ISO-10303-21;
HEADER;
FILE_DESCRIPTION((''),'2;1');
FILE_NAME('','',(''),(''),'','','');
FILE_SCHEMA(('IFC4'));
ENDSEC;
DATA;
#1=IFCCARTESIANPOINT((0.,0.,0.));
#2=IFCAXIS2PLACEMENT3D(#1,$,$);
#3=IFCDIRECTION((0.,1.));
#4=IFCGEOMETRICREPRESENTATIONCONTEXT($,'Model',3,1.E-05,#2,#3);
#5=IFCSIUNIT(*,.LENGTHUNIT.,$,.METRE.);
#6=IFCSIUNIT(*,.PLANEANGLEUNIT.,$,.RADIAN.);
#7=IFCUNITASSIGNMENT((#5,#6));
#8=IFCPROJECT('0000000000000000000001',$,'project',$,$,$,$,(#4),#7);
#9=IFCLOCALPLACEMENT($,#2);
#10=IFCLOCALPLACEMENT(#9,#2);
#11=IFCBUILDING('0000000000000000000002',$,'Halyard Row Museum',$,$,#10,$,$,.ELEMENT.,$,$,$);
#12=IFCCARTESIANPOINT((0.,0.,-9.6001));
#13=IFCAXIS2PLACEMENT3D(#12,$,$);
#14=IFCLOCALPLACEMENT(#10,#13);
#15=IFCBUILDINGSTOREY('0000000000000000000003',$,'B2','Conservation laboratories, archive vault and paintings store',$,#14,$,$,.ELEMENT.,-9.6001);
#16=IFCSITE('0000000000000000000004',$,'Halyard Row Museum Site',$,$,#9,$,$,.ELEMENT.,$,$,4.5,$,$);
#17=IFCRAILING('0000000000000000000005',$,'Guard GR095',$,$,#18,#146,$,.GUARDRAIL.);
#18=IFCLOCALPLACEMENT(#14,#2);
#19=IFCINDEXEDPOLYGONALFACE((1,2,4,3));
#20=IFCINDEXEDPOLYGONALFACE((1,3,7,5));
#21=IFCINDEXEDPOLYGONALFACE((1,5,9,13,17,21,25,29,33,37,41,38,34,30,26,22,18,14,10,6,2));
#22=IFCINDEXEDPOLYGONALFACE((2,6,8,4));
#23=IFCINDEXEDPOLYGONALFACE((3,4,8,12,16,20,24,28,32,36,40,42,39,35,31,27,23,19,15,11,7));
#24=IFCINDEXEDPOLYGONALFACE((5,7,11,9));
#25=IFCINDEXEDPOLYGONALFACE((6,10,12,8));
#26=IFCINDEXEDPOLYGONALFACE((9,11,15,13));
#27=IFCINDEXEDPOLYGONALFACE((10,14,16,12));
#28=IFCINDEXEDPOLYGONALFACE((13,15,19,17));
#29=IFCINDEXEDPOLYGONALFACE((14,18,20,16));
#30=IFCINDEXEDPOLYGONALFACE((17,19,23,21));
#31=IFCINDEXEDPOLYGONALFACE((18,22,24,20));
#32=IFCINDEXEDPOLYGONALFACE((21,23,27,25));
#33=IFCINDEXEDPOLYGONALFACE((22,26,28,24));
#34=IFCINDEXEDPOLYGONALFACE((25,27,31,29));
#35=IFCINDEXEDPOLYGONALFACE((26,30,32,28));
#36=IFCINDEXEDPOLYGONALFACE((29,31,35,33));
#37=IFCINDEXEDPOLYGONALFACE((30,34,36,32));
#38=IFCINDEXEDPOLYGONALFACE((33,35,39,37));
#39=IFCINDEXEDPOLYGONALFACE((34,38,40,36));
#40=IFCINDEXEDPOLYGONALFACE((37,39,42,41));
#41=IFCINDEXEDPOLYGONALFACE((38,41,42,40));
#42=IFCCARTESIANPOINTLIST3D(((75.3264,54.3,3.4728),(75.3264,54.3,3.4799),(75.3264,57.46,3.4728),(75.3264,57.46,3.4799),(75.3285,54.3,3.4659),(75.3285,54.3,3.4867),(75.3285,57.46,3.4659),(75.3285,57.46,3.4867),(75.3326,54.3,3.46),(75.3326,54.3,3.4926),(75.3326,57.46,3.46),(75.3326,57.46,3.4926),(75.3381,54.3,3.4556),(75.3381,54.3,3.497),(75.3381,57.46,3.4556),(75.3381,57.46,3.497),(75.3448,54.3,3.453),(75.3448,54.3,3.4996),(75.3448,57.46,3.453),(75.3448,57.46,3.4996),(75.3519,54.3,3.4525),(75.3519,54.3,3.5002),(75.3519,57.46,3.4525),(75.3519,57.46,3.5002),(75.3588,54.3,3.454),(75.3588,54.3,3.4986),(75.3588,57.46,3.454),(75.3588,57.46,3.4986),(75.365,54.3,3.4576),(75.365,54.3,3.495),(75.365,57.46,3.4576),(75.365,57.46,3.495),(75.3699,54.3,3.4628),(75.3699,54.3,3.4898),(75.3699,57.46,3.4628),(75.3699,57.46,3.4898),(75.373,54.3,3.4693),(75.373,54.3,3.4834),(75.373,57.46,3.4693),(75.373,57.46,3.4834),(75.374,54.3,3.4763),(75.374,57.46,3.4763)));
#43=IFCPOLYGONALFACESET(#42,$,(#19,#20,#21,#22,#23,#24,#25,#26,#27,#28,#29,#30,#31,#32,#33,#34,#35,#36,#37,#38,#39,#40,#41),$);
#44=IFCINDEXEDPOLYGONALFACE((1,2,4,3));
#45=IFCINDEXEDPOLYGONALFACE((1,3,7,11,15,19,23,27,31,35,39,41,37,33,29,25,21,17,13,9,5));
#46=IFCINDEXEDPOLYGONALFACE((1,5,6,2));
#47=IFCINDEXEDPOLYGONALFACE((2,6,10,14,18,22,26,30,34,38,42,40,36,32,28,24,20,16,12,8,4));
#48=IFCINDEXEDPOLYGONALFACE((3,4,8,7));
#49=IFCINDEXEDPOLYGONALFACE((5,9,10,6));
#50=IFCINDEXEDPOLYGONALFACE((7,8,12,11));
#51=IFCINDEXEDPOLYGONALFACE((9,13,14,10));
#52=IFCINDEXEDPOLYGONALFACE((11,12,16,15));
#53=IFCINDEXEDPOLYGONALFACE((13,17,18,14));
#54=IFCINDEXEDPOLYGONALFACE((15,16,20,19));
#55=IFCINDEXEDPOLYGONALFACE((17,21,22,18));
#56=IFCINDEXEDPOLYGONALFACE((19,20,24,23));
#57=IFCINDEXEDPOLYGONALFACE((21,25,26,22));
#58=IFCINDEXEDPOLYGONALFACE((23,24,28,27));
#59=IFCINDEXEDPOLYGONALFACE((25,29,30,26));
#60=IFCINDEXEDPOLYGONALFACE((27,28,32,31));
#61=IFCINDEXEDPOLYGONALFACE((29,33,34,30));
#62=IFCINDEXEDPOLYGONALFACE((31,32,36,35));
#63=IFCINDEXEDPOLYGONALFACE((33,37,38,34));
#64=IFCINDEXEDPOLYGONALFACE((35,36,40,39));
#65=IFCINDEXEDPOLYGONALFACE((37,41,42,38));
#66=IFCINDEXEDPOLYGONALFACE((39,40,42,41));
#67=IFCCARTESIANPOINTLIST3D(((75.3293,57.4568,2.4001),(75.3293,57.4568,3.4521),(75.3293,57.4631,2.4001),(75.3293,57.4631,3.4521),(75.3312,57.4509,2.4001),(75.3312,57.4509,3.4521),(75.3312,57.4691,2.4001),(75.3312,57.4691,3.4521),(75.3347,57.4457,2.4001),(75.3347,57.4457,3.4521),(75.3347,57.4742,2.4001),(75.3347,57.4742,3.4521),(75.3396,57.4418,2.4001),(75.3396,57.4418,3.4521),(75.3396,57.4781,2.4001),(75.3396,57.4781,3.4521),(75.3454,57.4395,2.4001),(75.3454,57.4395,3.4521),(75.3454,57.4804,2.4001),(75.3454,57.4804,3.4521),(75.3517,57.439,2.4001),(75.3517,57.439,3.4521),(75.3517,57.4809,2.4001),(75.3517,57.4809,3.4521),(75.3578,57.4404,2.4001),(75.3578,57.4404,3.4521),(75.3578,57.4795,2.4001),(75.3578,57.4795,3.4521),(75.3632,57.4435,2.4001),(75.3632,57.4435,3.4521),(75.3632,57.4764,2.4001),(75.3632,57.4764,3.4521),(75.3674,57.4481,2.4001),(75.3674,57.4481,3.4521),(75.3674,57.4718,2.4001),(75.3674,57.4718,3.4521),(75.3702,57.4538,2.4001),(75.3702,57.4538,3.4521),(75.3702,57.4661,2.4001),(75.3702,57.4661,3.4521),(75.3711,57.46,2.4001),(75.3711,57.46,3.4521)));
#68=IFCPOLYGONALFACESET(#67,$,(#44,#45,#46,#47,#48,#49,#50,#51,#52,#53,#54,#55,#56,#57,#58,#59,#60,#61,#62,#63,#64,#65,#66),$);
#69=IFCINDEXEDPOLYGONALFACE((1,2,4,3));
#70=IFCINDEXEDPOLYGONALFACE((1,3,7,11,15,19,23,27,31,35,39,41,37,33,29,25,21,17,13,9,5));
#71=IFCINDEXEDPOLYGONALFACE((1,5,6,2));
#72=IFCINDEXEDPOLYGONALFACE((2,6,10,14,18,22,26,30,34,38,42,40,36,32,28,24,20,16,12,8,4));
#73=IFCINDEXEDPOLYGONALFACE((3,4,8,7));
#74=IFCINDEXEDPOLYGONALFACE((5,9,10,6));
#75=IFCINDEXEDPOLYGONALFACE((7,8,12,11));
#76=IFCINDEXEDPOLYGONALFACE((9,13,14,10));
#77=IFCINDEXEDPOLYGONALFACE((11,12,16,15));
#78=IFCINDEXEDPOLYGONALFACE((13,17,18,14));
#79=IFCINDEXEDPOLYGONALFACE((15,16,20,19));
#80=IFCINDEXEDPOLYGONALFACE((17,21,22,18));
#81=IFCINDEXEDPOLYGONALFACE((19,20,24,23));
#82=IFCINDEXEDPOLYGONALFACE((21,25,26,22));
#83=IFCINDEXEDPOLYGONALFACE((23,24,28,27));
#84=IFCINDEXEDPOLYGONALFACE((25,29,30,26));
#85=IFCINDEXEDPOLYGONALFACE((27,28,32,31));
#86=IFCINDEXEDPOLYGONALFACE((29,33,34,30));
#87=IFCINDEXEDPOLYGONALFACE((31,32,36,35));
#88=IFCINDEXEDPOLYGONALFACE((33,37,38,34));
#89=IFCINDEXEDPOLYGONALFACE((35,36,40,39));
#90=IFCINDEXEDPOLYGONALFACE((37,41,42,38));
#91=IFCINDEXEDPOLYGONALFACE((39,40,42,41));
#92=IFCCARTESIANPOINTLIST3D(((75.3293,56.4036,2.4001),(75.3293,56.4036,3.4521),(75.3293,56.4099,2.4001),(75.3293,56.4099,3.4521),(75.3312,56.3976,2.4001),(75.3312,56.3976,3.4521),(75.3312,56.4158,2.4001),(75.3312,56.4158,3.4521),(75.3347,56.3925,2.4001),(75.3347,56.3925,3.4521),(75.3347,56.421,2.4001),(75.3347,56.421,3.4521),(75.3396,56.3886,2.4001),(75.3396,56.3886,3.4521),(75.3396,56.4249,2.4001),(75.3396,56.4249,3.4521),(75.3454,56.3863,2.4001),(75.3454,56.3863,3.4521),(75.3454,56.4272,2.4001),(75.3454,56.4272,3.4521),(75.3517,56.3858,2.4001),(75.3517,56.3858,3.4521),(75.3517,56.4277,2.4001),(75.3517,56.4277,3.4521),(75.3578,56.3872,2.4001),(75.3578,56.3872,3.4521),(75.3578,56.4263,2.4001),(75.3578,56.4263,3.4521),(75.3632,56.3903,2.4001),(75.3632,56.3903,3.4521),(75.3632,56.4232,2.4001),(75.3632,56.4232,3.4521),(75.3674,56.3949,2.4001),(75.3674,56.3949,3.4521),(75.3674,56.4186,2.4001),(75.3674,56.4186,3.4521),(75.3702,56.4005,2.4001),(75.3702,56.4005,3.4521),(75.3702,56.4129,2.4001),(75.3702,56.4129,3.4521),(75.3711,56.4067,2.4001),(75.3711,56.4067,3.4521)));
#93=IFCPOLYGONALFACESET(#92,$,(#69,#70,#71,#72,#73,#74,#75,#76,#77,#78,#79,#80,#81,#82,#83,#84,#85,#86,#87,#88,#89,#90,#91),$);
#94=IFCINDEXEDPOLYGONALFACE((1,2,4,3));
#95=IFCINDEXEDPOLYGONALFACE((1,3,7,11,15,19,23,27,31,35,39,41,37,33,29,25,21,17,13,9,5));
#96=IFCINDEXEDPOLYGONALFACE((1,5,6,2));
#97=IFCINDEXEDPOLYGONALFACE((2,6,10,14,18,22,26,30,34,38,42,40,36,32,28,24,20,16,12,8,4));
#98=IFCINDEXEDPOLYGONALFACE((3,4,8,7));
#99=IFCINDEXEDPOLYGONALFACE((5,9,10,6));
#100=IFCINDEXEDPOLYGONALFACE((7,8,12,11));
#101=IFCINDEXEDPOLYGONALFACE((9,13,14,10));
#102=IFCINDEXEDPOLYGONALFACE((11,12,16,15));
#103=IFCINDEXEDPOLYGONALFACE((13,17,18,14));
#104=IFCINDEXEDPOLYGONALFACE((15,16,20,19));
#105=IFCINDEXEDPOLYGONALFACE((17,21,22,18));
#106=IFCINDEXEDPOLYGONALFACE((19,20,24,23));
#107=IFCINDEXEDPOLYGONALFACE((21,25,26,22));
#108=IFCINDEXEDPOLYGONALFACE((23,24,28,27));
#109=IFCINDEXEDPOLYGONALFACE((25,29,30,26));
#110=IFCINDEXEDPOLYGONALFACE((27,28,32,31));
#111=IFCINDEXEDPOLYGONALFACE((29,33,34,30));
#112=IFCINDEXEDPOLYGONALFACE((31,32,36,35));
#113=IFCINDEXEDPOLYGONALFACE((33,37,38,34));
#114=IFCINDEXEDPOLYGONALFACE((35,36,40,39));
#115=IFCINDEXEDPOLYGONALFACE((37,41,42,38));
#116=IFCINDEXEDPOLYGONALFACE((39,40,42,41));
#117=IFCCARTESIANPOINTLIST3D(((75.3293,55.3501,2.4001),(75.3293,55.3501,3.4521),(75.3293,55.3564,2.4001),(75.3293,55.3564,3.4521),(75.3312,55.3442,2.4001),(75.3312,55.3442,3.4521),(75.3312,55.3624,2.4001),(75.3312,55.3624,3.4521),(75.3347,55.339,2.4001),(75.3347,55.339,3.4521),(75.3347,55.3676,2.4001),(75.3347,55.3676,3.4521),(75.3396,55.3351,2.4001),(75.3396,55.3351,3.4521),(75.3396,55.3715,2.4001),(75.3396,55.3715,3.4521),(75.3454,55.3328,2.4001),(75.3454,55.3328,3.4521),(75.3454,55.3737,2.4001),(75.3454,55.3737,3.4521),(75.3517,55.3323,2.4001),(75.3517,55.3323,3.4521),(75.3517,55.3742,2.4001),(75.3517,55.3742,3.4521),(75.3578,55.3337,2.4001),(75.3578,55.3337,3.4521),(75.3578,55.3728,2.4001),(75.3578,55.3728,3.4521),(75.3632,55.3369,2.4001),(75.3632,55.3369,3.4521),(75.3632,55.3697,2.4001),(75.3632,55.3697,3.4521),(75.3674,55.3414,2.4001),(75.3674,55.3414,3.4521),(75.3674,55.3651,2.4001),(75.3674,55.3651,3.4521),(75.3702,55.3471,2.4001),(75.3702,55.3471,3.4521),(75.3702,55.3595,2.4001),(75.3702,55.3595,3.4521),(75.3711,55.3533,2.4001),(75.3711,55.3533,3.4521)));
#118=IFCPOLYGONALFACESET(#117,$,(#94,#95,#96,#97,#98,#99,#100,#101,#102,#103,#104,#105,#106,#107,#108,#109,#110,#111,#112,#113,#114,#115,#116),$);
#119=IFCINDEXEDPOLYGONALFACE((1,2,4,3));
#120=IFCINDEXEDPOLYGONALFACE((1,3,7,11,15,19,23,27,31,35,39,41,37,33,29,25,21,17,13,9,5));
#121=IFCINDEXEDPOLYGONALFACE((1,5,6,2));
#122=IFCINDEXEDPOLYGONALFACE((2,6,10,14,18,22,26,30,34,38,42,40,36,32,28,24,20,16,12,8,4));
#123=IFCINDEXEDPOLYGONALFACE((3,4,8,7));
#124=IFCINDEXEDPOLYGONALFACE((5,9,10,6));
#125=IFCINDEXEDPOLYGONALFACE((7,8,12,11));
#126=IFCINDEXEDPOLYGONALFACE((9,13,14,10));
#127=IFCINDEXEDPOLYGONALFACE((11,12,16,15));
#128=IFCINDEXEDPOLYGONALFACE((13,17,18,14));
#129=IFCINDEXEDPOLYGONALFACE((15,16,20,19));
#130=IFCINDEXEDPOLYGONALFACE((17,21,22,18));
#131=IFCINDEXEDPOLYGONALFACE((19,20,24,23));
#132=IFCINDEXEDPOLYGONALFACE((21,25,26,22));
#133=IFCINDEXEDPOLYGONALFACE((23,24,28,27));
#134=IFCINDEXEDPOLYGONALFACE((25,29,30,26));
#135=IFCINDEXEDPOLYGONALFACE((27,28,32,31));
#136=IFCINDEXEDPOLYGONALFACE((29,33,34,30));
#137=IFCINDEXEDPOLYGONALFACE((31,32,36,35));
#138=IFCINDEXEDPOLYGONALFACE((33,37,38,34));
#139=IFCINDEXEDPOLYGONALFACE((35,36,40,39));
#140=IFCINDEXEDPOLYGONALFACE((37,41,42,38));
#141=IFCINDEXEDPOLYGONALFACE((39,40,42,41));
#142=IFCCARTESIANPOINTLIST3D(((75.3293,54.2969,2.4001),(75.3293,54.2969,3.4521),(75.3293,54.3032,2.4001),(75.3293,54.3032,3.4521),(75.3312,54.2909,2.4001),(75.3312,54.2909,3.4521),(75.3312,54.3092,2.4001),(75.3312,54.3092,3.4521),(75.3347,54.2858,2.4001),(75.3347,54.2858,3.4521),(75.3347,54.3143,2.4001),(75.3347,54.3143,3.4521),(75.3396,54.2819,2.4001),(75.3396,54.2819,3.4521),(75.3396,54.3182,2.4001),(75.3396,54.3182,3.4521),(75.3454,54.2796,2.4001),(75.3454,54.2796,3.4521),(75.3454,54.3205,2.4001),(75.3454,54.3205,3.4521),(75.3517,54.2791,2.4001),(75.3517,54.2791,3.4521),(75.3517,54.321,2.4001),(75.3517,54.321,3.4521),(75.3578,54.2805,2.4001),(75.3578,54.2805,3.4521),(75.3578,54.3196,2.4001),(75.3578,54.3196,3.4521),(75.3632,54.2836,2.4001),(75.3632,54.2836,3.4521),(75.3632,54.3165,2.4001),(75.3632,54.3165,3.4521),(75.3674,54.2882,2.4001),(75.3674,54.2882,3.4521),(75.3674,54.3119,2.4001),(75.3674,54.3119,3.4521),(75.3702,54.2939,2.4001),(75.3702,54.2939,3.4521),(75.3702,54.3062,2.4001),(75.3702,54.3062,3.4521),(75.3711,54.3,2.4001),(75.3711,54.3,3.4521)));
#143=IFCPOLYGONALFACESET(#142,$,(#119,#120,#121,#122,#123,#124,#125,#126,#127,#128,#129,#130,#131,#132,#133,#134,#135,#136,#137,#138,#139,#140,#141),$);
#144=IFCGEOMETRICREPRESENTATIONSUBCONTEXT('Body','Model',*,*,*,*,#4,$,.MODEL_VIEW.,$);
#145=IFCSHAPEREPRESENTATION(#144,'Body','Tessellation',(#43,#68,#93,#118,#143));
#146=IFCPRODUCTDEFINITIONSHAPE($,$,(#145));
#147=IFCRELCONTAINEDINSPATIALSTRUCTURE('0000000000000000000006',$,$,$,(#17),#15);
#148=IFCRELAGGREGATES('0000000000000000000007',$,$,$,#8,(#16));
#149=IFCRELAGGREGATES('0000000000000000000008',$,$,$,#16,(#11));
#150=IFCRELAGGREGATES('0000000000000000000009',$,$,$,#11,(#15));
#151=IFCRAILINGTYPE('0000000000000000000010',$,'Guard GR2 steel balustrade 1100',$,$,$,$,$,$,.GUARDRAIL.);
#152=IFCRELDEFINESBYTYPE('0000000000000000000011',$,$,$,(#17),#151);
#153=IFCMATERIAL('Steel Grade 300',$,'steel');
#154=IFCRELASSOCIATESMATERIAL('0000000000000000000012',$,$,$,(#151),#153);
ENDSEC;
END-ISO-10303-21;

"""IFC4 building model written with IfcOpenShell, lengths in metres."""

from ifc_helpers import new_model, si_unit, direction, frame, origin, origin_2d, place, context, subcontext, project, spatial, circle, extrude, material, type_object, element, save


model = new_model("IFC4")

# Units and contexts
model_context = context("Model", 3, precision=1e-05, world=origin(), true_north=direction((0.0, 1.0)))
body_context = subcontext(model_context, "Body", "Model", "MODEL_VIEW")
ifc_project = project(units=[si_unit("LENGTHUNIT", "METRE"), si_unit("PLANEANGLEUNIT", "RADIAN")], contexts=[model_context])

# Site, building, storey
site_placement = place(None, origin())
site = spatial("IfcSite", under=ifc_project, at=site_placement, Name="Halyard Row Museum Site", CompositionType="ELEMENT", RefElevation=4.5)
building_placement = place(site_placement, origin())
building = spatial("IfcBuilding", under=site, at=building_placement, Name="Halyard Row Museum", CompositionType="ELEMENT")
storey_placement = place(building_placement, frame((0.0, 0.0, -9.6001)))
storey = spatial("IfcBuildingStorey", under=building, at=storey_placement, Name="B2", Description="Conservation laboratories, archive vault and paintings store", CompositionType="ELEMENT", Elevation=-9.6001)

# Railing
ifc_material_1 = material(Name="Steel Grade 300", Category="steel")
railing_type_1 = type_object("IfcRailingType", Name="Guard GR2 steel balustrade 1100", PredefinedType="GUARDRAIL", material=ifc_material_1)
railing_1_placement = place(storey_placement, frame((75.3501, 57.46, 2.4001)))
element("IfcRailing", 1, at=railing_1_placement, inside=storey, type_object=railing_type_1, Name="Guard GR095", PredefinedType="GUARDRAIL", context=body_context, shape_type="SweptSolid", body=[
    extrude(circle(Radius=0.0239, at=origin_2d()), frame((0.0, 0.0, 1.0762), z_axis=(0.0, -1.0, 0.0), x_axis=(1.0, 0.0, 0.0)), (0.0, 0.0, 1.0), 3.1599),
    extrude(circle(Radius=0.021, at=origin_2d()), origin(), (0.0, 0.0, 1.0), 1.052),
    extrude(circle(Radius=0.021, at=origin_2d()), frame((0.0, -1.0532, 0.0)), (0.0, 0.0, 1.0), 1.052),
    extrude(circle(Radius=0.021, at=origin_2d()), frame((0.0, -2.1067, 0.0)), (0.0, 0.0, 1.0), 1.052),
    extrude(circle(Radius=0.021, at=origin_2d()), frame((0.0, -3.1599, 0.0)), (0.0, 0.0, 1.0), 1.052),
])

save(model, "model.ifc")
